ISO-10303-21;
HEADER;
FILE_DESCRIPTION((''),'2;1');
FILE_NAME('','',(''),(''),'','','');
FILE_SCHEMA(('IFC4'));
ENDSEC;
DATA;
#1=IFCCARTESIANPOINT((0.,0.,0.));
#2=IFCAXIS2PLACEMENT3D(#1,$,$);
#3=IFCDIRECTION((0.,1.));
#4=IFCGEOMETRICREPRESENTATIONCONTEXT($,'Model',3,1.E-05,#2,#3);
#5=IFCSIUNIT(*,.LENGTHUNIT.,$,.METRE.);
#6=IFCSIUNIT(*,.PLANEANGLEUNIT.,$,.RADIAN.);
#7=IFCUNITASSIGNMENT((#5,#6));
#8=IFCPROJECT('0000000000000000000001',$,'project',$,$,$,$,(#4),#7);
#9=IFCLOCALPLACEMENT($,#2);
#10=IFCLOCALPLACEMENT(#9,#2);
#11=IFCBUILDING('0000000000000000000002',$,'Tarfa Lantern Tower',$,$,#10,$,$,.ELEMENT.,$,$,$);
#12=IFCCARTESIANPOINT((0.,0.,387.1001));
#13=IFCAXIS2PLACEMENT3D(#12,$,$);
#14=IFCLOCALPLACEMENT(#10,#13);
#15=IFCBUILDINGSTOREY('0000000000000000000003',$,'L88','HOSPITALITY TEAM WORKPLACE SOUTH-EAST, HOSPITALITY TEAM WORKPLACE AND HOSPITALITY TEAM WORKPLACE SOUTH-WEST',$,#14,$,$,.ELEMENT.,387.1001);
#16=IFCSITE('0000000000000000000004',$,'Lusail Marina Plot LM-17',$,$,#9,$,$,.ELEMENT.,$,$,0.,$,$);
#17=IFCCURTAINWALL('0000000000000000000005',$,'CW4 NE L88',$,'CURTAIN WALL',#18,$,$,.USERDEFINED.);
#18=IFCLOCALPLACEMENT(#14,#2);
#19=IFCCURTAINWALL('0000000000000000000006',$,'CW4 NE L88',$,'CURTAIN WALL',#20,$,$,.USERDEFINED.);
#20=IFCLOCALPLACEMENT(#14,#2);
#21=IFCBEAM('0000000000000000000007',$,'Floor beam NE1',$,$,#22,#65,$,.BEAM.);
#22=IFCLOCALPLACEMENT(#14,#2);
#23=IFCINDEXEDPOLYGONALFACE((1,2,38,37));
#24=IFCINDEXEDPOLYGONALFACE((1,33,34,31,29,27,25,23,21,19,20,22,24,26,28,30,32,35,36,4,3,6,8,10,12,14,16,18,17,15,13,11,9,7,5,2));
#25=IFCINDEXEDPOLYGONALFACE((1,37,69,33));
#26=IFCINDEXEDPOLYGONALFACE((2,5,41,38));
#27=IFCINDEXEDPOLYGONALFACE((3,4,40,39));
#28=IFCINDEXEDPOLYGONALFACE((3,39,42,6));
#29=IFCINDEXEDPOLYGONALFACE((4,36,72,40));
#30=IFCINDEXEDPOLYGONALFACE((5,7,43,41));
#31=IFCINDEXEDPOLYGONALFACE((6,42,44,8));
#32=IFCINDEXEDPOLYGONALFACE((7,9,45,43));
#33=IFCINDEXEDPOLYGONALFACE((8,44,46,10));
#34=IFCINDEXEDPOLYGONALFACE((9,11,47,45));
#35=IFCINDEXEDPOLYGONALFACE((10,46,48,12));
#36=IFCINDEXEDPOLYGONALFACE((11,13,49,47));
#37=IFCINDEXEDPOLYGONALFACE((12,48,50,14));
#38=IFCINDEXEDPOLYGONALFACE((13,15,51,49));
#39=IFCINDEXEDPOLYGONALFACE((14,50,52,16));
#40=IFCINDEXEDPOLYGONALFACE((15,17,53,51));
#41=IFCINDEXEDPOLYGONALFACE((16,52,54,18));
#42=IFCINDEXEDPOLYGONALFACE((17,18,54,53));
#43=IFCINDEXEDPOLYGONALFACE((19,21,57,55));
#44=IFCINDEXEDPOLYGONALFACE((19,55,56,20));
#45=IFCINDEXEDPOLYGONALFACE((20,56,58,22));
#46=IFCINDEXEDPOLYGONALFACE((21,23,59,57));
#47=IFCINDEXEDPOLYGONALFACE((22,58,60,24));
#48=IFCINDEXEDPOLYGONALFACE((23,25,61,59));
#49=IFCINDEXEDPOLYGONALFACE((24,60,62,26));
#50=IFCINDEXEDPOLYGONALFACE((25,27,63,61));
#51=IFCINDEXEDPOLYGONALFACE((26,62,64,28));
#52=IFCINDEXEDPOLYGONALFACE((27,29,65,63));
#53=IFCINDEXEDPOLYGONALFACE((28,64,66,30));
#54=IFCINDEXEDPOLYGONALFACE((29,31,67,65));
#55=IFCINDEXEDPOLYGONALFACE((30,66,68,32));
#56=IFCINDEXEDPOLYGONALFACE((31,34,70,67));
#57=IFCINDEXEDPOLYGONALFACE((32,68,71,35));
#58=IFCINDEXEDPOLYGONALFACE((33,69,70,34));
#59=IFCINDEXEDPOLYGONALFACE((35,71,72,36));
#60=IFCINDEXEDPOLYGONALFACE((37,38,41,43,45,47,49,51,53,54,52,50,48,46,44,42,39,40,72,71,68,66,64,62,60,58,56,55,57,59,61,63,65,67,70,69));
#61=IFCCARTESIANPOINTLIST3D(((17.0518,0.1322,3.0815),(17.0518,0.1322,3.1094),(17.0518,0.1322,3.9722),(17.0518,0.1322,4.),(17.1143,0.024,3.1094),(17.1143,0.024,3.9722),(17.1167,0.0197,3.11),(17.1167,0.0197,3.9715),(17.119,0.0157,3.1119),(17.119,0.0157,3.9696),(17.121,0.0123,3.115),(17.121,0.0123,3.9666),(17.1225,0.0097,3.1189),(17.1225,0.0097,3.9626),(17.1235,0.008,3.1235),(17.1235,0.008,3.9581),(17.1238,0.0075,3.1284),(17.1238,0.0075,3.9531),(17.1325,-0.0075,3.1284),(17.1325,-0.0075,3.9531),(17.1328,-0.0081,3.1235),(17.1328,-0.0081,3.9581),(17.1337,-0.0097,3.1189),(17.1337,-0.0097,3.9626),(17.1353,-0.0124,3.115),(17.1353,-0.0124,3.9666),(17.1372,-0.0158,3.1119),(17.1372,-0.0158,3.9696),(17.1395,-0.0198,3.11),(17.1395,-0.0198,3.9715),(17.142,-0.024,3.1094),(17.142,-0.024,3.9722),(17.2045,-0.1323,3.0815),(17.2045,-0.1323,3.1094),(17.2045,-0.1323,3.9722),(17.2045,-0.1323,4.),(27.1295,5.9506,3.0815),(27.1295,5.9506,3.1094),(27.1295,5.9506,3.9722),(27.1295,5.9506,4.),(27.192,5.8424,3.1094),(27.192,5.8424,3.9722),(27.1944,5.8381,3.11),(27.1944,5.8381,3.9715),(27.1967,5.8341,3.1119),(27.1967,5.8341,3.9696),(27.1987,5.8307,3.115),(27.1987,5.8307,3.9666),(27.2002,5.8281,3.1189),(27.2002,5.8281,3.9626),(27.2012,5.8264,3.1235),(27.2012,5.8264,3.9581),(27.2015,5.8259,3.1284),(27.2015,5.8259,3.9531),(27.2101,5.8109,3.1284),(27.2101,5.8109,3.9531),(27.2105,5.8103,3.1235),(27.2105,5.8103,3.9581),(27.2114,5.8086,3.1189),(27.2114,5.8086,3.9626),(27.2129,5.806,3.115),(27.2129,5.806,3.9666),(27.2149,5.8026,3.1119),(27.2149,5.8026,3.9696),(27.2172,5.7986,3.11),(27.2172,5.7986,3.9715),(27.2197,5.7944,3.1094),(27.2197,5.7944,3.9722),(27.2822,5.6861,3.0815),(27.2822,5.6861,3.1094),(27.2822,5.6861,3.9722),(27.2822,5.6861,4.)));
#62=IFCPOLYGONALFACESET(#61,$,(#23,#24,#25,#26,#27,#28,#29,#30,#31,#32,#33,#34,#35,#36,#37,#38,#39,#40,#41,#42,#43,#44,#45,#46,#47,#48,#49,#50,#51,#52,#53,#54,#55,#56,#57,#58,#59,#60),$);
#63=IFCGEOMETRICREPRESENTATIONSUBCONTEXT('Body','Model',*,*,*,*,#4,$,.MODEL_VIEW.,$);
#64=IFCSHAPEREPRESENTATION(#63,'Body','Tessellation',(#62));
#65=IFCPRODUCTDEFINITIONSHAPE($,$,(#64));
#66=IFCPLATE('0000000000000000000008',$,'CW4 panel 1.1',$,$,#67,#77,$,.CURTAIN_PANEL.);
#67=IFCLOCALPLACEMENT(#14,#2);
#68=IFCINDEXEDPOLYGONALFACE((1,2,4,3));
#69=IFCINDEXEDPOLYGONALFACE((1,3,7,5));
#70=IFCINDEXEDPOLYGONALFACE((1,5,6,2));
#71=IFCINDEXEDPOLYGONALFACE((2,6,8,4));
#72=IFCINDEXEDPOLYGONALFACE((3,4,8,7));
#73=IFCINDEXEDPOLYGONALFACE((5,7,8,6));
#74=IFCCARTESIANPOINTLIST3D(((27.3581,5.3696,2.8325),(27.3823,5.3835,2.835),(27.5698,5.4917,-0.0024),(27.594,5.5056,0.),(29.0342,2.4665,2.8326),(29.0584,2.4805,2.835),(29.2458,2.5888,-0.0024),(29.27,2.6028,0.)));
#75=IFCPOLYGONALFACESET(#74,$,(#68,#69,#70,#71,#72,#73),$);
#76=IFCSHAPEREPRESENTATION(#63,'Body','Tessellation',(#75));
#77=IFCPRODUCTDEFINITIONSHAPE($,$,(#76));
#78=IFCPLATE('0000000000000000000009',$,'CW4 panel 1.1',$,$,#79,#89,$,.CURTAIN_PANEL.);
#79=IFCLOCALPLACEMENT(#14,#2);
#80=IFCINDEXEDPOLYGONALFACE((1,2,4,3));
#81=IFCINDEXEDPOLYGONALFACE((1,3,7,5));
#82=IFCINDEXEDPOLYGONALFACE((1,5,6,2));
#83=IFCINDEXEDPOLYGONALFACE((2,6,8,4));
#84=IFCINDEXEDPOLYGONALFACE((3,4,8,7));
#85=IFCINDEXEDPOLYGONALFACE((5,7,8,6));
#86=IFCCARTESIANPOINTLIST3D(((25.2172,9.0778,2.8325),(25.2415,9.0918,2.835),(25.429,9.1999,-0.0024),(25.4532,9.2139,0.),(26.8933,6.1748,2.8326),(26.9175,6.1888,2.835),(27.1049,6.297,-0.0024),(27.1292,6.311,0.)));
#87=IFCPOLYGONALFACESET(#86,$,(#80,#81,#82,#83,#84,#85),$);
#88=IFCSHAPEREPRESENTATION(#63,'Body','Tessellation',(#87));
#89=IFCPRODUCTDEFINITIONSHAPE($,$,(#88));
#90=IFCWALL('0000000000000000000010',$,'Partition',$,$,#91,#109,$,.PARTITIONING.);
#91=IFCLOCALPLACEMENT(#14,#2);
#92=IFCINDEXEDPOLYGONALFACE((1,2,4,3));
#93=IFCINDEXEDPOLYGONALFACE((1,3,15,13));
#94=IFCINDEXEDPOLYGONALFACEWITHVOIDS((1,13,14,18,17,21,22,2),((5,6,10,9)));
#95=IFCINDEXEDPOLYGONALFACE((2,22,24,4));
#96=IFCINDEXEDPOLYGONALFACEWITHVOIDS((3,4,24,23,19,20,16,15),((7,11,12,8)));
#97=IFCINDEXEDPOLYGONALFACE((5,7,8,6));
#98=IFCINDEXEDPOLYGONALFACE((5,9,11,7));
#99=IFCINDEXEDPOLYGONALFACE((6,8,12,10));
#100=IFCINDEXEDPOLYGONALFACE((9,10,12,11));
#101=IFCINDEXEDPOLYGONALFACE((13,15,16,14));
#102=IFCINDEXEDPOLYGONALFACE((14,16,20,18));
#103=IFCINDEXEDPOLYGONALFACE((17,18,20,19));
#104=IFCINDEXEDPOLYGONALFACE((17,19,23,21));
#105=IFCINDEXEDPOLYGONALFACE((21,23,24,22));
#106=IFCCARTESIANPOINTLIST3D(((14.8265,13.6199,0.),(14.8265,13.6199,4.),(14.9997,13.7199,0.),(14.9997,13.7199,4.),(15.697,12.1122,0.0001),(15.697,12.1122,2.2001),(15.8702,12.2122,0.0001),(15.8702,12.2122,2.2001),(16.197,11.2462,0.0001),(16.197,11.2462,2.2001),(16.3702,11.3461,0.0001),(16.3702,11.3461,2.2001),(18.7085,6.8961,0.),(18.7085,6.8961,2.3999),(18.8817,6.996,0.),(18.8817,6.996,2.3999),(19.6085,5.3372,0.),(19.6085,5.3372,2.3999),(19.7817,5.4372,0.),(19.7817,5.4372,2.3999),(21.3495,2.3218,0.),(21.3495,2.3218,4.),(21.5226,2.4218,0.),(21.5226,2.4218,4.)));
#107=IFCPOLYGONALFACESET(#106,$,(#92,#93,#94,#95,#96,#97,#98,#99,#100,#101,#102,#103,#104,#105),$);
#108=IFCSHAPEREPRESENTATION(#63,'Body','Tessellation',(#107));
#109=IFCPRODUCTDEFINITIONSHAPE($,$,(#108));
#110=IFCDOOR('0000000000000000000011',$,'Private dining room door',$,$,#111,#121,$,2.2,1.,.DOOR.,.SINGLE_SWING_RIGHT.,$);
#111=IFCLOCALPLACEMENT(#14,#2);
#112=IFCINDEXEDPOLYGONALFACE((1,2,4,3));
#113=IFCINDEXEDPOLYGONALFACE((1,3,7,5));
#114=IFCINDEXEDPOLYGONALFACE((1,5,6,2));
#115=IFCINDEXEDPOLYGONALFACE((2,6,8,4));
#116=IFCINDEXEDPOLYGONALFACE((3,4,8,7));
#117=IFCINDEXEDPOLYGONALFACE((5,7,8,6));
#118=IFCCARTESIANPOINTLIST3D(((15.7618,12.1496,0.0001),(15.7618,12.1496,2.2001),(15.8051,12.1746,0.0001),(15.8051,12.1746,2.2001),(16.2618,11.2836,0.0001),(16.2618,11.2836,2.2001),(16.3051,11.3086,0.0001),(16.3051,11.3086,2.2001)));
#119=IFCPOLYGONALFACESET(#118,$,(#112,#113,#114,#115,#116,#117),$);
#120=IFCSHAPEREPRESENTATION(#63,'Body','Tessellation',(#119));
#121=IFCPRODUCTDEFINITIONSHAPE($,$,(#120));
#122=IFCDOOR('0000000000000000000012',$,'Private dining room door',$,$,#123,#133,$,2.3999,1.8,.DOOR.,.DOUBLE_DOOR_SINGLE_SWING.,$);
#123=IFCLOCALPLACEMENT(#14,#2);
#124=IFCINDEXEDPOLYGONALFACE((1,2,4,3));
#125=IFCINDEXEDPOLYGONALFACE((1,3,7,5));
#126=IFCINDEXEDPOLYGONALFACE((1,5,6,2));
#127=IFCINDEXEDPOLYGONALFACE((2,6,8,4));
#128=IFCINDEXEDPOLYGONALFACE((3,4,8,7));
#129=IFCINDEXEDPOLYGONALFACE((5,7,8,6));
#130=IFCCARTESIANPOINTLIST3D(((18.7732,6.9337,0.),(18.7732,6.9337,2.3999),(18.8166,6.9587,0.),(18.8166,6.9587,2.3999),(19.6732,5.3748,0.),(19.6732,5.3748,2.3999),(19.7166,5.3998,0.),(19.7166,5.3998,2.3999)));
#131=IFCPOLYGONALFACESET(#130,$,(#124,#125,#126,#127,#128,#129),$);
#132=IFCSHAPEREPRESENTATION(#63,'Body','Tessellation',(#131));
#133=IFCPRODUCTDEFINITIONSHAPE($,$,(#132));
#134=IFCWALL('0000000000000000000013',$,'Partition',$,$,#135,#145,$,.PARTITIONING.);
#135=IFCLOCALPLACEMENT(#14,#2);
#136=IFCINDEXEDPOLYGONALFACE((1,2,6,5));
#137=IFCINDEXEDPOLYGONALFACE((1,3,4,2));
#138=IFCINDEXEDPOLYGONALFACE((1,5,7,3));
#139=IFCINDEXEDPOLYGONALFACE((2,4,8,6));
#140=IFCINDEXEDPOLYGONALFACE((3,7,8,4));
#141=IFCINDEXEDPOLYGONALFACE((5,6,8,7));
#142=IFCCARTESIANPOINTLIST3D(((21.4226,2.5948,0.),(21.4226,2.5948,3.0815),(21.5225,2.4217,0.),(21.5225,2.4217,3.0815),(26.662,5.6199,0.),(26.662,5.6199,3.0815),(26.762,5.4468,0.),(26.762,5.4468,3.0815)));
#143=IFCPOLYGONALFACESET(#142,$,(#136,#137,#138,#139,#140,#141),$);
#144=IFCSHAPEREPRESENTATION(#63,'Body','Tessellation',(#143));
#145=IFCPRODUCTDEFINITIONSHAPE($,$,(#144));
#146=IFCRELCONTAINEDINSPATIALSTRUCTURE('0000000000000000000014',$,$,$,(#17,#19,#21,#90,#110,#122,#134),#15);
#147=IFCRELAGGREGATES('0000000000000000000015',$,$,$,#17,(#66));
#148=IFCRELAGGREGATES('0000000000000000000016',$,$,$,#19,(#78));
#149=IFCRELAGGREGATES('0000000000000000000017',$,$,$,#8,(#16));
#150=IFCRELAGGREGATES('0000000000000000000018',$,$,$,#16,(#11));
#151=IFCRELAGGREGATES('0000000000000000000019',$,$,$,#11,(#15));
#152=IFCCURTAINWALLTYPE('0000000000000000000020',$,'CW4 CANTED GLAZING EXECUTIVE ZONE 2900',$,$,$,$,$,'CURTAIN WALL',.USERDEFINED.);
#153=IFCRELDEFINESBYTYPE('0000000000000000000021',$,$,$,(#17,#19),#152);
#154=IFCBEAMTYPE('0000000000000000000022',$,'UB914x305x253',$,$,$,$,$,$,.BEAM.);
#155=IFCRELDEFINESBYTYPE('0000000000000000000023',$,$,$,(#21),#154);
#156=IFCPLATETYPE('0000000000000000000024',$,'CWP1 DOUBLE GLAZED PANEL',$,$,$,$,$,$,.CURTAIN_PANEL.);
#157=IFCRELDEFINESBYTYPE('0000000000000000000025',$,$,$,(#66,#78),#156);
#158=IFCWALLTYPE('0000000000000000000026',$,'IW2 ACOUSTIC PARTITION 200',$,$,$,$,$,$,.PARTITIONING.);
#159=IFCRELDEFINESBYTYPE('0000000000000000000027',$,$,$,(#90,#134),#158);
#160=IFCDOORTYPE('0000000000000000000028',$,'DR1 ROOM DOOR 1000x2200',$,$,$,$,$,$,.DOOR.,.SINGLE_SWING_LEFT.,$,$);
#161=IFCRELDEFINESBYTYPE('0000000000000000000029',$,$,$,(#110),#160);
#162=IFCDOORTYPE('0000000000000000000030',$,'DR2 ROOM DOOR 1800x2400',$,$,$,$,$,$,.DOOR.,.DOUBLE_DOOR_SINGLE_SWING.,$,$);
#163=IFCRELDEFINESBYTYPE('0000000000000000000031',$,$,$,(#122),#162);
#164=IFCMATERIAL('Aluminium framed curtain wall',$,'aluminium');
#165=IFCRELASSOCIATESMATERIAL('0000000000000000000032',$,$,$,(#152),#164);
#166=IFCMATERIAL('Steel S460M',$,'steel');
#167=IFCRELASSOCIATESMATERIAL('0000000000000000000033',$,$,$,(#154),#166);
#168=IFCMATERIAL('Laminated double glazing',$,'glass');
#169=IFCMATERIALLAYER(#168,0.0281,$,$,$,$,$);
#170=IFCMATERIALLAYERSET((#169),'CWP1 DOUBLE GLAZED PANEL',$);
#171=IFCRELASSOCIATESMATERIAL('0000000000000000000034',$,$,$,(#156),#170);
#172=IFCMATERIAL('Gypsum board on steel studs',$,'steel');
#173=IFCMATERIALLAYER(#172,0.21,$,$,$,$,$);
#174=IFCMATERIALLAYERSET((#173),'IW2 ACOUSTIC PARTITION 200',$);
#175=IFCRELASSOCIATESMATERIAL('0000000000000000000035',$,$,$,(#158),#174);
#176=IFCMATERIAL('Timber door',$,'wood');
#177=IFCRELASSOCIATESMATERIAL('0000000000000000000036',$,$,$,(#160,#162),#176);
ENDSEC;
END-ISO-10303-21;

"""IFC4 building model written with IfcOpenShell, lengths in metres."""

from ifc_helpers import new_model, si_unit, direction, frame, frame_2d, origin, origin_2d, place, context, subcontext, project, spatial, polyline, rectangle, i_section, outline, extrude, material, layer, layer_set, material_profile, profile_set, type_object, element, fill, aggregate, save


model = new_model("IFC4")

# Units and contexts
model_context = context("Model", 3, precision=1e-05, world=origin(), true_north=direction((0.0, 1.0)))
body_context = subcontext(model_context, "Body", "Model", "MODEL_VIEW")
ifc_project = project(units=[si_unit("LENGTHUNIT", "METRE"), si_unit("PLANEANGLEUNIT", "RADIAN")], contexts=[model_context])

# Site, building, storey
site_placement = place(None, origin())
site = spatial("IfcSite", under=ifc_project, at=site_placement, Name="Lusail Marina Plot LM-17", CompositionType="ELEMENT", RefElevation=0.0)
building_placement = place(site_placement, origin())
building = spatial("IfcBuilding", under=site, at=building_placement, Name="Tarfa Lantern Tower", CompositionType="ELEMENT")
storey_placement = place(building_placement, frame((0.0, 0.0, 387.1001)))
storey = spatial("IfcBuildingStorey", under=building, at=storey_placement, Name="L88", Description="HOSPITALITY TEAM WORKPLACE SOUTH-EAST, HOSPITALITY TEAM WORKPLACE AND HOSPITALITY TEAM WORKPLACE SOUTH-WEST", CompositionType="ELEMENT", Elevation=387.1001)

# Curtain walls
ifc_material_1 = material(Name="Aluminium framed curtain wall", Category="aluminium")
curtain_wall_type = type_object("IfcCurtainWallType", Name="CW4 CANTED GLAZING EXECUTIVE ZONE 2900", ElementType="CURTAIN WALL", PredefinedType="USERDEFINED", material=ifc_material_1)
curtain_wall_1_placement = place(storey_placement, origin())
curtain_wall_1 = element("IfcCurtainWall", 1, at=curtain_wall_1_placement, inside=storey, type_object=curtain_wall_type, Name="CW4 NE L88", ObjectType="CURTAIN WALL", PredefinedType="USERDEFINED")
curtain_wall_2_placement = place(storey_placement, origin())
curtain_wall_2 = element("IfcCurtainWall", 2, at=curtain_wall_2_placement, inside=storey, type_object=curtain_wall_type, Name="CW4 NE L88", ObjectType="CURTAIN WALL", PredefinedType="USERDEFINED")

# Beam
ifc_material_2 = material(Name="Steel S460M", Category="steel")
ifc_material_profile_1 = material_profile(ifc_material_2, i_section(OverallWidth=0.3054, OverallDepth=0.9185, WebThickness=0.0173, FlangeThickness=0.0278, FilletRadius=0.019, at=origin_2d()), Name="UB914x305x253")
ifc_profile_set_1 = profile_set([ifc_material_profile_1], Name="Steel S460M")
beam_type_1 = type_object("IfcBeamType", Name="UB914x305x253", PredefinedType="BEAM", material=ifc_profile_set_1)
beam_1_placement = place(storey_placement, frame((27.2058, 5.8184, 3.5408), z_axis=(-0.866024, -0.500002, 0.0), x_axis=(0.500002, -0.866024, 0.0)))
element("IfcBeam", 3, at=beam_1_placement, inside=storey, type_object=beam_type_1, Name="Floor beam NE1", PredefinedType="BEAM", context=body_context, shape_type="SweptSolid", body=[
    extrude(i_section(OverallWidth=0.3054, OverallDepth=0.9185, WebThickness=0.0173, FlangeThickness=0.0278, FilletRadius=0.019, at=origin_2d()), origin(), (0.0, 0.0, 1.0), 11.6367),
])

# Plates
ifc_material_3 = material(Name="Laminated double glazing", Category="glass")
ifc_layer_1 = layer(ifc_material_3, 0.0281)
ifc_layer_set_1 = layer_set([ifc_layer_1], Name="CWP1 DOUBLE GLAZED PANEL")
plate_type = type_object("IfcPlateType", Name="CWP1 DOUBLE GLAZED PANEL", PredefinedType="CURTAIN_PANEL", material=ifc_layer_set_1)
plate_1_placement = place(storey_placement, frame((29.27, 2.6028, 0.0), z_axis=(0.862824, 0.498153, 0.085893), x_axis=(-0.500001, 0.866025, 0.000002)))
plate_1 = element("IfcPlate", 4, at=plate_1_placement, type_object=plate_type, Name="CW4 panel 1.1", PredefinedType="CURTAIN_PANEL", context=body_context, shape_type="SweptSolid", body=[
    extrude(outline(polyline([(0.0, 0.0), (3.3519, 0.0), (3.3521, 2.8455), (-0.0001, 2.8455), (0.0, 0.0)])), origin(), (0.0, 0.0, -1.0), 0.0281),
])
aggregate(curtain_wall_1, [plate_1])
plate_2_placement = place(storey_placement, frame((27.1292, 6.311, 0.0), z_axis=(0.862824, 0.498153, 0.085893), x_axis=(-0.500001, 0.866025, 0.000002)))
plate_2 = element("IfcPlate", 5, at=plate_2_placement, type_object=plate_type, Name="CW4 panel 1.1", PredefinedType="CURTAIN_PANEL", context=body_context, shape_type="SweptSolid", body=[
    extrude(outline(polyline([(0.0, 0.0), (3.3519, 0.0), (3.3521, 2.8455), (-0.0001, 2.8455), (0.0, 0.0)])), origin(), (0.0, 0.0, -1.0), 0.0281),
])
aggregate(curtain_wall_2, [plate_2])

# Wall, openings, doors
ifc_material_4 = material(Name="Gypsum board on steel studs", Category="steel")
ifc_layer_2 = layer(ifc_material_4, 0.21)
ifc_layer_set_2 = layer_set([ifc_layer_2], Name="IW2 ACOUSTIC PARTITION 200")
wall_type = type_object("IfcWallType", Name="IW2 ACOUSTIC PARTITION 200", PredefinedType="PARTITIONING", material=ifc_layer_set_2)
wall_1_placement = place(storey_placement, frame((21.436, 2.3718, 0.0), z_axis=(0.0, 0.0, 1.0), x_axis=(-0.499999, 0.866026, 0.0)))
wall_1 = element("IfcWall", 6, at=wall_1_placement, inside=storey, type_object=wall_type, Name="Partition", PredefinedType="PARTITIONING", context=body_context, shape_type="SweptSolid", body=[
    extrude(rectangle(XDim=13.0459, YDim=0.2, at=frame_2d((6.5229, 0.0))), origin(), (0.0, 0.0, 1.0), 4.0),
])
opening_1_placement = place(wall_1_placement, frame((3.4819, 0.0, 0.0)))
opening_1 = element("IfcOpeningElement", 7, at=opening_1_placement, cuts=wall_1, PredefinedType="OPENING", context=body_context, shape_type="SweptSolid", body=[
    extrude(rectangle(XDim=1.8, YDim=2.3999, at=frame_2d((0.8999, 1.2))), frame((0.0, 0.1099, 0.0), z_axis=(0.0, -1.0, 0.0), x_axis=(1.0, 0.0, 0.0)), (0.0, 0.0, 1.0), 0.22),
])
opening_2_placement = place(wall_1_placement, frame((10.3049, 0.0, 0.0)))
opening_2 = element("IfcOpeningElement", 8, at=opening_2_placement, cuts=wall_1, PredefinedType="OPENING", context=body_context, shape_type="SweptSolid", body=[
    extrude(rectangle(XDim=1.0, YDim=2.2, at=frame_2d((0.5, 1.1001))), frame((0.0, 0.1099, 0.0), z_axis=(0.0, -1.0, 0.0), x_axis=(1.0, 0.0, 0.0)), (0.0, 0.0, 1.0), 0.22),
])
ifc_material_5 = material(Name="Timber door", Category="wood")
door_type_1 = type_object("IfcDoorType", Name="DR1 ROOM DOOR 1000x2200", OperationType="SINGLE_SWING_LEFT", PredefinedType="DOOR", material=ifc_material_5)
door_1_placement = place(opening_2_placement, frame((1.0, 0.0, 0.0), z_axis=(0.0, 0.0, 1.0), x_axis=(-1.0, 0.0, 0.0)))
door_1 = element("IfcDoor", 9, at=door_1_placement, inside=storey, type_object=door_type_1, Name="Private dining room door", OperationType="SINGLE_SWING_RIGHT", OverallHeight=2.2, OverallWidth=1.0, PredefinedType="DOOR", context=body_context, shape_type="SweptSolid", body=[
    extrude(rectangle(XDim=1.0, YDim=2.2, at=frame_2d((0.5, 1.1001))), frame((0.0, 0.0249, 0.0), z_axis=(0.0, -1.0, 0.0), x_axis=(1.0, 0.0, 0.0)), (0.0, 0.0, 1.0), 0.05),
])
fill(opening_2, door_1)
door_type_2 = type_object("IfcDoorType", Name="DR2 ROOM DOOR 1800x2400", OperationType="DOUBLE_DOOR_SINGLE_SWING", PredefinedType="DOOR", material=ifc_material_5)
door_2_placement = place(opening_1_placement, frame((1.8, 0.0, 0.0), z_axis=(0.0, 0.0, 1.0), x_axis=(-1.0, 0.0, 0.0)))
door_2 = element("IfcDoor", 10, at=door_2_placement, inside=storey, type_object=door_type_2, Name="Private dining room door", OperationType="DOUBLE_DOOR_SINGLE_SWING", OverallHeight=2.3999, OverallWidth=1.8, PredefinedType="DOOR", context=body_context, shape_type="SweptSolid", body=[
    extrude(rectangle(XDim=1.8, YDim=2.3999, at=frame_2d((0.8999, 1.2))), frame((0.0, 0.0249, 0.0), z_axis=(0.0, -1.0, 0.0), x_axis=(1.0, 0.0, 0.0)), (0.0, 0.0, 1.0), 0.05),
])
fill(opening_1, door_2)

# Wall
wall_2_placement = place(storey_placement, frame((21.4727, 2.5083, 0.0), z_axis=(0.0, 0.0, 1.0), x_axis=(0.866017, 0.500015, 0.0)))
element("IfcWall", 11, at=wall_2_placement, inside=storey, type_object=wall_type, Name="Partition", PredefinedType="PARTITIONING", context=body_context, shape_type="SweptSolid", body=[
    extrude(rectangle(XDim=6.05, YDim=0.2, at=frame_2d((3.0249, 0.0))), origin(), (0.0, 0.0, 1.0), 3.0815),
])

save(model, "model.ifc")
